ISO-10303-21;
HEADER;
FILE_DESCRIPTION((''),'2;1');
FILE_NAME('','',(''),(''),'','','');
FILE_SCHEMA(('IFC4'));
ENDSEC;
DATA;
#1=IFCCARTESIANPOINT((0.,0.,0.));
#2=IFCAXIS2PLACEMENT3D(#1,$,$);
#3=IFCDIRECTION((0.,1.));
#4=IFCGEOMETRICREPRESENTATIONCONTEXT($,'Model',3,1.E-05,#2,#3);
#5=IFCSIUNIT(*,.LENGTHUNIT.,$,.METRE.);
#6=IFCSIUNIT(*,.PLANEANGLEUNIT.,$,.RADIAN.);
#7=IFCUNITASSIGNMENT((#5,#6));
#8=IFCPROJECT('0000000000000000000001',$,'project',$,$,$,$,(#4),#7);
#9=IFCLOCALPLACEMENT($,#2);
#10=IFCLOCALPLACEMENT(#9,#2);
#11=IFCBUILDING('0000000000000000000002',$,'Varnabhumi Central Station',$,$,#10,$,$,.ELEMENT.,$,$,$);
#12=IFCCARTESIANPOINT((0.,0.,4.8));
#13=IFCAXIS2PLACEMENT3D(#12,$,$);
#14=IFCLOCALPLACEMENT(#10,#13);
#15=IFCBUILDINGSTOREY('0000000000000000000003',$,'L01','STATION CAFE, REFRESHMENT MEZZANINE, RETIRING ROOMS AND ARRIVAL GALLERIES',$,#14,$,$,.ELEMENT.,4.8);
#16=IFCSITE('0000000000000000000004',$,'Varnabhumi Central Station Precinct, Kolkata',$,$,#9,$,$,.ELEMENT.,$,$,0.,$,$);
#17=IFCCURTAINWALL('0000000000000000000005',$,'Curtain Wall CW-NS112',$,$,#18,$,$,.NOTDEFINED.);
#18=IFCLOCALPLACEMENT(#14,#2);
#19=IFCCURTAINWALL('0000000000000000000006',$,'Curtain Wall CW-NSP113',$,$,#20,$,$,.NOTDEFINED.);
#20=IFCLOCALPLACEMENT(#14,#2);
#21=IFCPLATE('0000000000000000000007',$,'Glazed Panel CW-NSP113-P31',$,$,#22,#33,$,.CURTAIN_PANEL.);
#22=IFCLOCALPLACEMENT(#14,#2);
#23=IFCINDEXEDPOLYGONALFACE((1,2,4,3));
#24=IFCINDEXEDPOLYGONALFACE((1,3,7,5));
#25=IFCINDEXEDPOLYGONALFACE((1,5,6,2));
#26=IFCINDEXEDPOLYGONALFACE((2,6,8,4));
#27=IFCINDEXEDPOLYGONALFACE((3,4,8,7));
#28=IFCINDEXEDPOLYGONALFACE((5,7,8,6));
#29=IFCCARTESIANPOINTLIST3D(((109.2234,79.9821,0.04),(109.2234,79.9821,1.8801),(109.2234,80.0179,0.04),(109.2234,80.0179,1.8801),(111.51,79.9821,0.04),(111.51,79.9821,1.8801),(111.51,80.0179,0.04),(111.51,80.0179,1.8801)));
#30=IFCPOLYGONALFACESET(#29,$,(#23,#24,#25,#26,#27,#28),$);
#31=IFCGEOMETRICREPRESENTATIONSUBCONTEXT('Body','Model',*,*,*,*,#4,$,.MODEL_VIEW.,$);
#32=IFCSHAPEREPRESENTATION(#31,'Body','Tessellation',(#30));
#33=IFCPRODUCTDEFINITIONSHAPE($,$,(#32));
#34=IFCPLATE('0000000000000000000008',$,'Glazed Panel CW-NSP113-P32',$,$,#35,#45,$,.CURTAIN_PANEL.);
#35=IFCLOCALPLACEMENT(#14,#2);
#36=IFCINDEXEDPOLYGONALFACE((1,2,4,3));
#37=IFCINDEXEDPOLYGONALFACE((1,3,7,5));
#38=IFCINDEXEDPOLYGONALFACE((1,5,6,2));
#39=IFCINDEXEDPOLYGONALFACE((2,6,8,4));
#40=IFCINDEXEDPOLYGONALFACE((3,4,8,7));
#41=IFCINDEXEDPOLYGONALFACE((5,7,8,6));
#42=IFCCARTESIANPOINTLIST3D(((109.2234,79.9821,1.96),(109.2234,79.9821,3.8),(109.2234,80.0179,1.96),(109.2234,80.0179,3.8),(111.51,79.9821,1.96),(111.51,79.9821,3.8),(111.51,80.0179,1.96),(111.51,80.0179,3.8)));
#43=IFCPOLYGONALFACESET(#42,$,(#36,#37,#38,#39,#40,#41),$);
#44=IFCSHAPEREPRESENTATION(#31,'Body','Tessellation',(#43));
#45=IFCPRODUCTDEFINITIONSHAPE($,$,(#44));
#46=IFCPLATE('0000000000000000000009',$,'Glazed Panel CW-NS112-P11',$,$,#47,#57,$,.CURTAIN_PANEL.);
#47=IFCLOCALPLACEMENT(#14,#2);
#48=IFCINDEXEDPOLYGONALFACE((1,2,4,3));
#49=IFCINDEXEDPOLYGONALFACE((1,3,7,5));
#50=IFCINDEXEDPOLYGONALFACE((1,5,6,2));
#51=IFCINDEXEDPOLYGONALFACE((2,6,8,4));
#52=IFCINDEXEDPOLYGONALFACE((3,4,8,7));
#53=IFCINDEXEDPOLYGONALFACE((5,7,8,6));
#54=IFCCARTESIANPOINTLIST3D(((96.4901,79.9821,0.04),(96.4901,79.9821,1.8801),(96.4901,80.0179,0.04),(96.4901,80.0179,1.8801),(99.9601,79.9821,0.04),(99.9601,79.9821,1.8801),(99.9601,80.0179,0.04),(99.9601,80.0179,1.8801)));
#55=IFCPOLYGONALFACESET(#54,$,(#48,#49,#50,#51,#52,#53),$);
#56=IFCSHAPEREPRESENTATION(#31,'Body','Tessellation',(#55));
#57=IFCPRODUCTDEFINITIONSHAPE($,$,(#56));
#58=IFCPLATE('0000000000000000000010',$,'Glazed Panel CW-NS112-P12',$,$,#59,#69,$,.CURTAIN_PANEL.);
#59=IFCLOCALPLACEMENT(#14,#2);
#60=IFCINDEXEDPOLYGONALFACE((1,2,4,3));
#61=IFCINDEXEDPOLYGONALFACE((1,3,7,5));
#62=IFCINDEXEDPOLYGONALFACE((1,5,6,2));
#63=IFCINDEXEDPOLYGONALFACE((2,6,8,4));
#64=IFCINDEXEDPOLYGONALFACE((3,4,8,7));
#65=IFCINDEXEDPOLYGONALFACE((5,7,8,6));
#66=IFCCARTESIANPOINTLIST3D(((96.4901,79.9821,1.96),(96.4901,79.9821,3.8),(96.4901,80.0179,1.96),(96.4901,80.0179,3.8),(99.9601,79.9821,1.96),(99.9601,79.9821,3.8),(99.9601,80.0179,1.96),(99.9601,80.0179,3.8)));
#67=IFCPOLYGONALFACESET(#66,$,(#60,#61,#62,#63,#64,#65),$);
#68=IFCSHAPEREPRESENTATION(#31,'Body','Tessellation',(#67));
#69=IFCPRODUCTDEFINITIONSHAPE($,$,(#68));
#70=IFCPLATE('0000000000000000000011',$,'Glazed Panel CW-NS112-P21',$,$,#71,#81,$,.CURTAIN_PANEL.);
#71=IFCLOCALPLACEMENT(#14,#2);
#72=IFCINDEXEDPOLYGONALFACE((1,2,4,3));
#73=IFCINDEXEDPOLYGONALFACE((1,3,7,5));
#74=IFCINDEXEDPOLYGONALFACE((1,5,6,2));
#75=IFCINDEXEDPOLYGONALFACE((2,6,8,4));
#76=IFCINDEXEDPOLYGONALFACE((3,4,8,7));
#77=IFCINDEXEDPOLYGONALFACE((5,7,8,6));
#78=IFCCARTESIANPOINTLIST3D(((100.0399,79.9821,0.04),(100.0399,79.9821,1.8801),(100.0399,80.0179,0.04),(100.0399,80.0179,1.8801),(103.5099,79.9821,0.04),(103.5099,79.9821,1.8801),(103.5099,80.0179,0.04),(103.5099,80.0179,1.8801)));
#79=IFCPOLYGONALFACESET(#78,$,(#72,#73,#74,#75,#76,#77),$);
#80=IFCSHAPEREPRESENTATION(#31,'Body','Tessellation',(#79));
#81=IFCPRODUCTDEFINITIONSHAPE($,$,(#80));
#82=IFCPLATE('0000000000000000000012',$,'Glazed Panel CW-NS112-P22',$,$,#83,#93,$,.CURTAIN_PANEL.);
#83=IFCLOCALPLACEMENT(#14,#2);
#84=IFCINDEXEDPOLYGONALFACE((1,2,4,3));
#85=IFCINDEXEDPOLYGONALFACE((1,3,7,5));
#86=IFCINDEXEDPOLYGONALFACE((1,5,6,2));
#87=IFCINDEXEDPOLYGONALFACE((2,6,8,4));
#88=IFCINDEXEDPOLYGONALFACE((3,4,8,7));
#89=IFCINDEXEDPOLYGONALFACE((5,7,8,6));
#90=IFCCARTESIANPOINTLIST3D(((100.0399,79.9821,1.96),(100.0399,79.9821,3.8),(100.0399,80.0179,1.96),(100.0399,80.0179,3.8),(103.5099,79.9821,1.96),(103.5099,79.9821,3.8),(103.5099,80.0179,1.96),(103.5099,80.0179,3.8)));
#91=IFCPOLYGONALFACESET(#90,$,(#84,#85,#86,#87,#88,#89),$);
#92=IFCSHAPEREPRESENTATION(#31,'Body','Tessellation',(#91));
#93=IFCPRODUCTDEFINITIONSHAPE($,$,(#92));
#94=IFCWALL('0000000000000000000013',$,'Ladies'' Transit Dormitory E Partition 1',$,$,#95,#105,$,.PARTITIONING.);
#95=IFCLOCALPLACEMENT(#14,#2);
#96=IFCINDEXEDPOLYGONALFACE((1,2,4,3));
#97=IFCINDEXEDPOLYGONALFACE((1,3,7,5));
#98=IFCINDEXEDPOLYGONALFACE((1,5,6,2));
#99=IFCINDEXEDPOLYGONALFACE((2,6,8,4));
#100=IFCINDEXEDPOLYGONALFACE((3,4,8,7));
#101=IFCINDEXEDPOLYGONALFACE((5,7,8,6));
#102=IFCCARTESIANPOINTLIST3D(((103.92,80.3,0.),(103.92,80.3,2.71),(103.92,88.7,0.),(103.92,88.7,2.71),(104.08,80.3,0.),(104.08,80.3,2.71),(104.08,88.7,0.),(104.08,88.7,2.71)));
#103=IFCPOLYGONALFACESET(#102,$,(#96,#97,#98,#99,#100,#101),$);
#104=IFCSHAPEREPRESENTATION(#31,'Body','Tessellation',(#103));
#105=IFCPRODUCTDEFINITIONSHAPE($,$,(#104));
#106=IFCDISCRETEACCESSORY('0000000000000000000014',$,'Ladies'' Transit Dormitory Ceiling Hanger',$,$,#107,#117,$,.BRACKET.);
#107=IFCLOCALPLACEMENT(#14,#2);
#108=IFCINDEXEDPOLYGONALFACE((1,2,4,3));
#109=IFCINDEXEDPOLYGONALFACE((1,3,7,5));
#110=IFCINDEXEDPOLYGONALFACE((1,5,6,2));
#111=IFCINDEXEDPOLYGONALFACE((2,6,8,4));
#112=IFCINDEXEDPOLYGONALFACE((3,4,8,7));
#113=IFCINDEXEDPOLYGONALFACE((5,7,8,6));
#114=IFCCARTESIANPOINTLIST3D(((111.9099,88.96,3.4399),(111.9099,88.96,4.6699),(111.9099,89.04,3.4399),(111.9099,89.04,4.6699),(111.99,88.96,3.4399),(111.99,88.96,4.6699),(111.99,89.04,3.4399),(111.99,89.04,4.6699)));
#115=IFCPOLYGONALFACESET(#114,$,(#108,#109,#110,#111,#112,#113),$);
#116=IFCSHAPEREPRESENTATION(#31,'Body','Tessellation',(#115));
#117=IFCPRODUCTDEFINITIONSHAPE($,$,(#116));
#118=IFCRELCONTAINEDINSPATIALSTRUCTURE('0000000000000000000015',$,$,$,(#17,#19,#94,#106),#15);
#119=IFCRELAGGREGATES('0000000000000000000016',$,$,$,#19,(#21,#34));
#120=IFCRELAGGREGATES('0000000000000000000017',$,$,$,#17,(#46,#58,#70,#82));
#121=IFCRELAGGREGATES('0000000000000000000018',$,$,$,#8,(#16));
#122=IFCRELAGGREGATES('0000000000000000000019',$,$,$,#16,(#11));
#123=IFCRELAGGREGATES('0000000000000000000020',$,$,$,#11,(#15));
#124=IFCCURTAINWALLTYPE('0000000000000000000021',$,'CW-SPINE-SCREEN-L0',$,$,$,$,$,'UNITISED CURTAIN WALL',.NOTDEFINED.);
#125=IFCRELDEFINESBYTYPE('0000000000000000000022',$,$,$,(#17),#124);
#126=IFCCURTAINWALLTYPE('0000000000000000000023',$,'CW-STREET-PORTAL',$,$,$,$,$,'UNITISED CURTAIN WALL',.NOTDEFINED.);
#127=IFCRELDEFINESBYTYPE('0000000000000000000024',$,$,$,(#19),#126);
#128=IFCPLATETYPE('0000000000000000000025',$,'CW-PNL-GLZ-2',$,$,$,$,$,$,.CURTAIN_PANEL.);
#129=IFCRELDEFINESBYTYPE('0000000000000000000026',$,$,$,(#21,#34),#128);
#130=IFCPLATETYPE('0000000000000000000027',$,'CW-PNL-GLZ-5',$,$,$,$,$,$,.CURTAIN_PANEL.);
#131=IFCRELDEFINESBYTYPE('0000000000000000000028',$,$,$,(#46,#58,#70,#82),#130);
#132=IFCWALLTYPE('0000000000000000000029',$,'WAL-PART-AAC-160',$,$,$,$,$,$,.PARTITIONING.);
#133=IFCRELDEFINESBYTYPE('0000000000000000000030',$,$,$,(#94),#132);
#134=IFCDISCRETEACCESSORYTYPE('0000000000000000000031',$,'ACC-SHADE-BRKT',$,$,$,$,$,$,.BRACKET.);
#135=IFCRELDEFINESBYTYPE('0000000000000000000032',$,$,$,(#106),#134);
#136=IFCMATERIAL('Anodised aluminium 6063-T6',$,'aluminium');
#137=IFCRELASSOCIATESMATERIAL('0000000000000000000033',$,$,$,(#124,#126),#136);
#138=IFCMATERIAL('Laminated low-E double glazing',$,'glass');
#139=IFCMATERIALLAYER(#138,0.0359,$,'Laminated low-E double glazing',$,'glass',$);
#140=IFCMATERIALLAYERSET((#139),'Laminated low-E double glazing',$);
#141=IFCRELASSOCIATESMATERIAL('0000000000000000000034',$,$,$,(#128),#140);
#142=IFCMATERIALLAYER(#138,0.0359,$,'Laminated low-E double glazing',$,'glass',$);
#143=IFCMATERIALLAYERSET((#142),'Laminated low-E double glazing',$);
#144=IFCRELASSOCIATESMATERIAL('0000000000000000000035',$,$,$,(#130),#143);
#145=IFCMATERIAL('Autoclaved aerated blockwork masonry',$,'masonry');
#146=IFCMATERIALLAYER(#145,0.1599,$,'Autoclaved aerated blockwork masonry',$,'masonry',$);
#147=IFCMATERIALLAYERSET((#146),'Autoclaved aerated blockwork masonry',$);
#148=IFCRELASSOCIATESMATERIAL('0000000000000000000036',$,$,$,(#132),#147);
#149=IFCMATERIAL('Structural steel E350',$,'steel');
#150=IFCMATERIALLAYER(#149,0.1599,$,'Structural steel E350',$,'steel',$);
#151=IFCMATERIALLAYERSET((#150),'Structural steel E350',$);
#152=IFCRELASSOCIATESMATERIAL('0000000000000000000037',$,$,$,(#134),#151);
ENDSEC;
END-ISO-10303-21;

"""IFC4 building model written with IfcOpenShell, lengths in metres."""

from ifc_helpers import new_model, si_unit, direction, frame, frame_2d, origin, origin_2d, place, context, subcontext, project, spatial, rectangle, extrude, material, layer, layer_set, type_object, element, aggregate, save


model = new_model("IFC4")

# Units and contexts
model_context = context("Model", 3, precision=1e-05, world=origin(), true_north=direction((0.0, 1.0)))
body_context = subcontext(model_context, "Body", "Model", "MODEL_VIEW")
ifc_project = project(units=[si_unit("LENGTHUNIT", "METRE"), si_unit("PLANEANGLEUNIT", "RADIAN")], contexts=[model_context])

# Site, building, storey
site_placement = place(None, origin())
site = spatial("IfcSite", under=ifc_project, at=site_placement, Name="Varnabhumi Central Station Precinct, Kolkata", CompositionType="ELEMENT", RefElevation=0.0)
building_placement = place(site_placement, origin())
building = spatial("IfcBuilding", under=site, at=building_placement, Name="Varnabhumi Central Station", CompositionType="ELEMENT")
storey_placement = place(building_placement, frame((0.0, 0.0, 4.8)))
storey = spatial("IfcBuildingStorey", under=building, at=storey_placement, Name="L01", Description="STATION CAFE, REFRESHMENT MEZZANINE, RETIRING ROOMS AND ARRIVAL GALLERIES", CompositionType="ELEMENT", Elevation=4.8)

# Shared definitions
ifc_material_1 = material(Name="Structural steel E350", Category="steel")

# Curtain walls
ifc_material_2 = material(Name="Anodised aluminium 6063-T6", Category="aluminium")
curtain_wall_type_1 = type_object("IfcCurtainWallType", Name="CW-SPINE-SCREEN-L0", ElementType="UNITISED CURTAIN WALL", PredefinedType="NOTDEFINED", material=ifc_material_2)
curtain_wall_1_placement = place(storey_placement, origin())
curtain_wall_1 = element("IfcCurtainWall", 1, at=curtain_wall_1_placement, inside=storey, type_object=curtain_wall_type_1, Name="Curtain Wall CW-NS112", PredefinedType="NOTDEFINED")
curtain_wall_type_2 = type_object("IfcCurtainWallType", Name="CW-STREET-PORTAL", ElementType="UNITISED CURTAIN WALL", PredefinedType="NOTDEFINED", material=ifc_material_2)
curtain_wall_2_placement = place(storey_placement, origin())
curtain_wall_2 = element("IfcCurtainWall", 2, at=curtain_wall_2_placement, inside=storey, type_object=curtain_wall_type_2, Name="Curtain Wall CW-NSP113", PredefinedType="NOTDEFINED")

# Plates
ifc_material_3 = material(Name="Laminated low-E double glazing", Category="glass")
ifc_layer_1 = layer(ifc_material_3, 0.0359, Name="Laminated low-E double glazing", Category="glass")
ifc_layer_set_1 = layer_set([ifc_layer_1], Name="Laminated low-E double glazing")
plate_type_1 = type_object("IfcPlateType", Name="CW-PNL-GLZ-2", PredefinedType="CURTAIN_PANEL", material=ifc_layer_set_1)
plate_1_placement = place(storey_placement, frame((110.3667, 80.0, 0.04), z_axis=(0.0, 0.0, 1.0), x_axis=(1.0, 0.0, 0.0)))
plate_1 = element("IfcPlate", 3, at=plate_1_placement, type_object=plate_type_1, Name="Glazed Panel CW-NSP113-P31", PredefinedType="CURTAIN_PANEL", context=body_context, shape_type="SweptSolid", body=[
    extrude(rectangle(XDim=2.2866, YDim=0.0359, at=origin_2d()), origin(), (0.0, 0.0, 1.0), 1.8401),
])
plate_2_placement = place(storey_placement, frame((110.3667, 80.0, 1.96), z_axis=(0.0, 0.0, 1.0), x_axis=(1.0, 0.0, 0.0)))
plate_2 = element("IfcPlate", 4, at=plate_2_placement, type_object=plate_type_1, Name="Glazed Panel CW-NSP113-P32", PredefinedType="CURTAIN_PANEL", context=body_context, shape_type="SweptSolid", body=[
    extrude(rectangle(XDim=2.2866, YDim=0.0359, at=origin_2d()), origin(), (0.0, 0.0, 1.0), 1.8401),
])
aggregate(curtain_wall_2, [plate_1, plate_2])
ifc_layer_2 = layer(ifc_material_3, 0.0359, Name="Laminated low-E double glazing", Category="glass")
ifc_layer_set_2 = layer_set([ifc_layer_2], Name="Laminated low-E double glazing")
plate_type_2 = type_object("IfcPlateType", Name="CW-PNL-GLZ-5", PredefinedType="CURTAIN_PANEL", material=ifc_layer_set_2)
plate_3_placement = place(storey_placement, frame((98.2251, 80.0, 0.04), z_axis=(0.0, 0.0, 1.0), x_axis=(1.0, 0.0, 0.0)))
plate_3 = element("IfcPlate", 5, at=plate_3_placement, type_object=plate_type_2, Name="Glazed Panel CW-NS112-P11", PredefinedType="CURTAIN_PANEL", context=body_context, shape_type="SweptSolid", body=[
    extrude(rectangle(XDim=3.47, YDim=0.0359, at=origin_2d()), origin(), (0.0, 0.0, 1.0), 1.8401),
])
plate_4_placement = place(storey_placement, frame((98.2251, 80.0, 1.96), z_axis=(0.0, 0.0, 1.0), x_axis=(1.0, 0.0, 0.0)))
plate_4 = element("IfcPlate", 6, at=plate_4_placement, type_object=plate_type_2, Name="Glazed Panel CW-NS112-P12", PredefinedType="CURTAIN_PANEL", context=body_context, shape_type="SweptSolid", body=[
    extrude(rectangle(XDim=3.47, YDim=0.0359, at=origin_2d()), origin(), (0.0, 0.0, 1.0), 1.8401),
])
plate_5_placement = place(storey_placement, frame((101.7749, 80.0, 0.04), z_axis=(0.0, 0.0, 1.0), x_axis=(1.0, 0.0, 0.0)))
plate_5 = element("IfcPlate", 7, at=plate_5_placement, type_object=plate_type_2, Name="Glazed Panel CW-NS112-P21", PredefinedType="CURTAIN_PANEL", context=body_context, shape_type="SweptSolid", body=[
    extrude(rectangle(XDim=3.47, YDim=0.0359, at=origin_2d()), origin(), (0.0, 0.0, 1.0), 1.8401),
])
plate_6_placement = place(storey_placement, frame((101.7749, 80.0, 1.96), z_axis=(0.0, 0.0, 1.0), x_axis=(1.0, 0.0, 0.0)))
plate_6 = element("IfcPlate", 8, at=plate_6_placement, type_object=plate_type_2, Name="Glazed Panel CW-NS112-P22", PredefinedType="CURTAIN_PANEL", context=body_context, shape_type="SweptSolid", body=[
    extrude(rectangle(XDim=3.47, YDim=0.0359, at=origin_2d()), origin(), (0.0, 0.0, 1.0), 1.8401),
])
aggregate(curtain_wall_1, [plate_3, plate_4, plate_5, plate_6])

# Wall
ifc_material_4 = material(Name="Autoclaved aerated blockwork masonry", Category="masonry")
ifc_layer_3 = layer(ifc_material_4, 0.1599, Name="Autoclaved aerated blockwork masonry", Category="masonry")
ifc_layer_set_3 = layer_set([ifc_layer_3], Name="Autoclaved aerated blockwork masonry")
wall_type = type_object("IfcWallType", Name="WAL-PART-AAC-160", PredefinedType="PARTITIONING", material=ifc_layer_set_3)
wall_placement = place(storey_placement, frame((104.0, 80.3, 0.0), z_axis=(0.0, 0.0, 1.0), x_axis=(0.0, 1.0, 0.0)))
element("IfcWall", 9, at=wall_placement, inside=storey, type_object=wall_type, Name="Ladies' Transit Dormitory E Partition 1", PredefinedType="PARTITIONING", context=body_context, shape_type="SweptSolid", body=[
    extrude(rectangle(XDim=8.3999, YDim=0.1599, at=frame_2d((4.2, 0.0))), origin(), (0.0, 0.0, 1.0), 2.71),
])

# Discrete accessory
ifc_layer_4 = layer(ifc_material_1, 0.1599, Name="Structural steel E350", Category="steel")
ifc_layer_set_4 = layer_set([ifc_layer_4], Name="Structural steel E350")
discrete_accessory_type = type_object("IfcDiscreteAccessoryType", Name="ACC-SHADE-BRKT", PredefinedType="BRACKET", material=ifc_layer_set_4)
discrete_accessory_placement = place(storey_placement, frame((111.95, 89.0, 3.4399), z_axis=(0.0, 0.0, 1.0), x_axis=(1.0, 0.0, 0.0)))
element("IfcDiscreteAccessory", 10, at=discrete_accessory_placement, inside=storey, type_object=discrete_accessory_type, Name="Ladies' Transit Dormitory Ceiling Hanger", PredefinedType="BRACKET", context=body_context, shape_type="SweptSolid", body=[
    extrude(rectangle(XDim=0.0801, YDim=0.0801, at=origin_2d()), origin(), (0.0, 0.0, 1.0), 1.23),
])

save(model, "model.ifc")
